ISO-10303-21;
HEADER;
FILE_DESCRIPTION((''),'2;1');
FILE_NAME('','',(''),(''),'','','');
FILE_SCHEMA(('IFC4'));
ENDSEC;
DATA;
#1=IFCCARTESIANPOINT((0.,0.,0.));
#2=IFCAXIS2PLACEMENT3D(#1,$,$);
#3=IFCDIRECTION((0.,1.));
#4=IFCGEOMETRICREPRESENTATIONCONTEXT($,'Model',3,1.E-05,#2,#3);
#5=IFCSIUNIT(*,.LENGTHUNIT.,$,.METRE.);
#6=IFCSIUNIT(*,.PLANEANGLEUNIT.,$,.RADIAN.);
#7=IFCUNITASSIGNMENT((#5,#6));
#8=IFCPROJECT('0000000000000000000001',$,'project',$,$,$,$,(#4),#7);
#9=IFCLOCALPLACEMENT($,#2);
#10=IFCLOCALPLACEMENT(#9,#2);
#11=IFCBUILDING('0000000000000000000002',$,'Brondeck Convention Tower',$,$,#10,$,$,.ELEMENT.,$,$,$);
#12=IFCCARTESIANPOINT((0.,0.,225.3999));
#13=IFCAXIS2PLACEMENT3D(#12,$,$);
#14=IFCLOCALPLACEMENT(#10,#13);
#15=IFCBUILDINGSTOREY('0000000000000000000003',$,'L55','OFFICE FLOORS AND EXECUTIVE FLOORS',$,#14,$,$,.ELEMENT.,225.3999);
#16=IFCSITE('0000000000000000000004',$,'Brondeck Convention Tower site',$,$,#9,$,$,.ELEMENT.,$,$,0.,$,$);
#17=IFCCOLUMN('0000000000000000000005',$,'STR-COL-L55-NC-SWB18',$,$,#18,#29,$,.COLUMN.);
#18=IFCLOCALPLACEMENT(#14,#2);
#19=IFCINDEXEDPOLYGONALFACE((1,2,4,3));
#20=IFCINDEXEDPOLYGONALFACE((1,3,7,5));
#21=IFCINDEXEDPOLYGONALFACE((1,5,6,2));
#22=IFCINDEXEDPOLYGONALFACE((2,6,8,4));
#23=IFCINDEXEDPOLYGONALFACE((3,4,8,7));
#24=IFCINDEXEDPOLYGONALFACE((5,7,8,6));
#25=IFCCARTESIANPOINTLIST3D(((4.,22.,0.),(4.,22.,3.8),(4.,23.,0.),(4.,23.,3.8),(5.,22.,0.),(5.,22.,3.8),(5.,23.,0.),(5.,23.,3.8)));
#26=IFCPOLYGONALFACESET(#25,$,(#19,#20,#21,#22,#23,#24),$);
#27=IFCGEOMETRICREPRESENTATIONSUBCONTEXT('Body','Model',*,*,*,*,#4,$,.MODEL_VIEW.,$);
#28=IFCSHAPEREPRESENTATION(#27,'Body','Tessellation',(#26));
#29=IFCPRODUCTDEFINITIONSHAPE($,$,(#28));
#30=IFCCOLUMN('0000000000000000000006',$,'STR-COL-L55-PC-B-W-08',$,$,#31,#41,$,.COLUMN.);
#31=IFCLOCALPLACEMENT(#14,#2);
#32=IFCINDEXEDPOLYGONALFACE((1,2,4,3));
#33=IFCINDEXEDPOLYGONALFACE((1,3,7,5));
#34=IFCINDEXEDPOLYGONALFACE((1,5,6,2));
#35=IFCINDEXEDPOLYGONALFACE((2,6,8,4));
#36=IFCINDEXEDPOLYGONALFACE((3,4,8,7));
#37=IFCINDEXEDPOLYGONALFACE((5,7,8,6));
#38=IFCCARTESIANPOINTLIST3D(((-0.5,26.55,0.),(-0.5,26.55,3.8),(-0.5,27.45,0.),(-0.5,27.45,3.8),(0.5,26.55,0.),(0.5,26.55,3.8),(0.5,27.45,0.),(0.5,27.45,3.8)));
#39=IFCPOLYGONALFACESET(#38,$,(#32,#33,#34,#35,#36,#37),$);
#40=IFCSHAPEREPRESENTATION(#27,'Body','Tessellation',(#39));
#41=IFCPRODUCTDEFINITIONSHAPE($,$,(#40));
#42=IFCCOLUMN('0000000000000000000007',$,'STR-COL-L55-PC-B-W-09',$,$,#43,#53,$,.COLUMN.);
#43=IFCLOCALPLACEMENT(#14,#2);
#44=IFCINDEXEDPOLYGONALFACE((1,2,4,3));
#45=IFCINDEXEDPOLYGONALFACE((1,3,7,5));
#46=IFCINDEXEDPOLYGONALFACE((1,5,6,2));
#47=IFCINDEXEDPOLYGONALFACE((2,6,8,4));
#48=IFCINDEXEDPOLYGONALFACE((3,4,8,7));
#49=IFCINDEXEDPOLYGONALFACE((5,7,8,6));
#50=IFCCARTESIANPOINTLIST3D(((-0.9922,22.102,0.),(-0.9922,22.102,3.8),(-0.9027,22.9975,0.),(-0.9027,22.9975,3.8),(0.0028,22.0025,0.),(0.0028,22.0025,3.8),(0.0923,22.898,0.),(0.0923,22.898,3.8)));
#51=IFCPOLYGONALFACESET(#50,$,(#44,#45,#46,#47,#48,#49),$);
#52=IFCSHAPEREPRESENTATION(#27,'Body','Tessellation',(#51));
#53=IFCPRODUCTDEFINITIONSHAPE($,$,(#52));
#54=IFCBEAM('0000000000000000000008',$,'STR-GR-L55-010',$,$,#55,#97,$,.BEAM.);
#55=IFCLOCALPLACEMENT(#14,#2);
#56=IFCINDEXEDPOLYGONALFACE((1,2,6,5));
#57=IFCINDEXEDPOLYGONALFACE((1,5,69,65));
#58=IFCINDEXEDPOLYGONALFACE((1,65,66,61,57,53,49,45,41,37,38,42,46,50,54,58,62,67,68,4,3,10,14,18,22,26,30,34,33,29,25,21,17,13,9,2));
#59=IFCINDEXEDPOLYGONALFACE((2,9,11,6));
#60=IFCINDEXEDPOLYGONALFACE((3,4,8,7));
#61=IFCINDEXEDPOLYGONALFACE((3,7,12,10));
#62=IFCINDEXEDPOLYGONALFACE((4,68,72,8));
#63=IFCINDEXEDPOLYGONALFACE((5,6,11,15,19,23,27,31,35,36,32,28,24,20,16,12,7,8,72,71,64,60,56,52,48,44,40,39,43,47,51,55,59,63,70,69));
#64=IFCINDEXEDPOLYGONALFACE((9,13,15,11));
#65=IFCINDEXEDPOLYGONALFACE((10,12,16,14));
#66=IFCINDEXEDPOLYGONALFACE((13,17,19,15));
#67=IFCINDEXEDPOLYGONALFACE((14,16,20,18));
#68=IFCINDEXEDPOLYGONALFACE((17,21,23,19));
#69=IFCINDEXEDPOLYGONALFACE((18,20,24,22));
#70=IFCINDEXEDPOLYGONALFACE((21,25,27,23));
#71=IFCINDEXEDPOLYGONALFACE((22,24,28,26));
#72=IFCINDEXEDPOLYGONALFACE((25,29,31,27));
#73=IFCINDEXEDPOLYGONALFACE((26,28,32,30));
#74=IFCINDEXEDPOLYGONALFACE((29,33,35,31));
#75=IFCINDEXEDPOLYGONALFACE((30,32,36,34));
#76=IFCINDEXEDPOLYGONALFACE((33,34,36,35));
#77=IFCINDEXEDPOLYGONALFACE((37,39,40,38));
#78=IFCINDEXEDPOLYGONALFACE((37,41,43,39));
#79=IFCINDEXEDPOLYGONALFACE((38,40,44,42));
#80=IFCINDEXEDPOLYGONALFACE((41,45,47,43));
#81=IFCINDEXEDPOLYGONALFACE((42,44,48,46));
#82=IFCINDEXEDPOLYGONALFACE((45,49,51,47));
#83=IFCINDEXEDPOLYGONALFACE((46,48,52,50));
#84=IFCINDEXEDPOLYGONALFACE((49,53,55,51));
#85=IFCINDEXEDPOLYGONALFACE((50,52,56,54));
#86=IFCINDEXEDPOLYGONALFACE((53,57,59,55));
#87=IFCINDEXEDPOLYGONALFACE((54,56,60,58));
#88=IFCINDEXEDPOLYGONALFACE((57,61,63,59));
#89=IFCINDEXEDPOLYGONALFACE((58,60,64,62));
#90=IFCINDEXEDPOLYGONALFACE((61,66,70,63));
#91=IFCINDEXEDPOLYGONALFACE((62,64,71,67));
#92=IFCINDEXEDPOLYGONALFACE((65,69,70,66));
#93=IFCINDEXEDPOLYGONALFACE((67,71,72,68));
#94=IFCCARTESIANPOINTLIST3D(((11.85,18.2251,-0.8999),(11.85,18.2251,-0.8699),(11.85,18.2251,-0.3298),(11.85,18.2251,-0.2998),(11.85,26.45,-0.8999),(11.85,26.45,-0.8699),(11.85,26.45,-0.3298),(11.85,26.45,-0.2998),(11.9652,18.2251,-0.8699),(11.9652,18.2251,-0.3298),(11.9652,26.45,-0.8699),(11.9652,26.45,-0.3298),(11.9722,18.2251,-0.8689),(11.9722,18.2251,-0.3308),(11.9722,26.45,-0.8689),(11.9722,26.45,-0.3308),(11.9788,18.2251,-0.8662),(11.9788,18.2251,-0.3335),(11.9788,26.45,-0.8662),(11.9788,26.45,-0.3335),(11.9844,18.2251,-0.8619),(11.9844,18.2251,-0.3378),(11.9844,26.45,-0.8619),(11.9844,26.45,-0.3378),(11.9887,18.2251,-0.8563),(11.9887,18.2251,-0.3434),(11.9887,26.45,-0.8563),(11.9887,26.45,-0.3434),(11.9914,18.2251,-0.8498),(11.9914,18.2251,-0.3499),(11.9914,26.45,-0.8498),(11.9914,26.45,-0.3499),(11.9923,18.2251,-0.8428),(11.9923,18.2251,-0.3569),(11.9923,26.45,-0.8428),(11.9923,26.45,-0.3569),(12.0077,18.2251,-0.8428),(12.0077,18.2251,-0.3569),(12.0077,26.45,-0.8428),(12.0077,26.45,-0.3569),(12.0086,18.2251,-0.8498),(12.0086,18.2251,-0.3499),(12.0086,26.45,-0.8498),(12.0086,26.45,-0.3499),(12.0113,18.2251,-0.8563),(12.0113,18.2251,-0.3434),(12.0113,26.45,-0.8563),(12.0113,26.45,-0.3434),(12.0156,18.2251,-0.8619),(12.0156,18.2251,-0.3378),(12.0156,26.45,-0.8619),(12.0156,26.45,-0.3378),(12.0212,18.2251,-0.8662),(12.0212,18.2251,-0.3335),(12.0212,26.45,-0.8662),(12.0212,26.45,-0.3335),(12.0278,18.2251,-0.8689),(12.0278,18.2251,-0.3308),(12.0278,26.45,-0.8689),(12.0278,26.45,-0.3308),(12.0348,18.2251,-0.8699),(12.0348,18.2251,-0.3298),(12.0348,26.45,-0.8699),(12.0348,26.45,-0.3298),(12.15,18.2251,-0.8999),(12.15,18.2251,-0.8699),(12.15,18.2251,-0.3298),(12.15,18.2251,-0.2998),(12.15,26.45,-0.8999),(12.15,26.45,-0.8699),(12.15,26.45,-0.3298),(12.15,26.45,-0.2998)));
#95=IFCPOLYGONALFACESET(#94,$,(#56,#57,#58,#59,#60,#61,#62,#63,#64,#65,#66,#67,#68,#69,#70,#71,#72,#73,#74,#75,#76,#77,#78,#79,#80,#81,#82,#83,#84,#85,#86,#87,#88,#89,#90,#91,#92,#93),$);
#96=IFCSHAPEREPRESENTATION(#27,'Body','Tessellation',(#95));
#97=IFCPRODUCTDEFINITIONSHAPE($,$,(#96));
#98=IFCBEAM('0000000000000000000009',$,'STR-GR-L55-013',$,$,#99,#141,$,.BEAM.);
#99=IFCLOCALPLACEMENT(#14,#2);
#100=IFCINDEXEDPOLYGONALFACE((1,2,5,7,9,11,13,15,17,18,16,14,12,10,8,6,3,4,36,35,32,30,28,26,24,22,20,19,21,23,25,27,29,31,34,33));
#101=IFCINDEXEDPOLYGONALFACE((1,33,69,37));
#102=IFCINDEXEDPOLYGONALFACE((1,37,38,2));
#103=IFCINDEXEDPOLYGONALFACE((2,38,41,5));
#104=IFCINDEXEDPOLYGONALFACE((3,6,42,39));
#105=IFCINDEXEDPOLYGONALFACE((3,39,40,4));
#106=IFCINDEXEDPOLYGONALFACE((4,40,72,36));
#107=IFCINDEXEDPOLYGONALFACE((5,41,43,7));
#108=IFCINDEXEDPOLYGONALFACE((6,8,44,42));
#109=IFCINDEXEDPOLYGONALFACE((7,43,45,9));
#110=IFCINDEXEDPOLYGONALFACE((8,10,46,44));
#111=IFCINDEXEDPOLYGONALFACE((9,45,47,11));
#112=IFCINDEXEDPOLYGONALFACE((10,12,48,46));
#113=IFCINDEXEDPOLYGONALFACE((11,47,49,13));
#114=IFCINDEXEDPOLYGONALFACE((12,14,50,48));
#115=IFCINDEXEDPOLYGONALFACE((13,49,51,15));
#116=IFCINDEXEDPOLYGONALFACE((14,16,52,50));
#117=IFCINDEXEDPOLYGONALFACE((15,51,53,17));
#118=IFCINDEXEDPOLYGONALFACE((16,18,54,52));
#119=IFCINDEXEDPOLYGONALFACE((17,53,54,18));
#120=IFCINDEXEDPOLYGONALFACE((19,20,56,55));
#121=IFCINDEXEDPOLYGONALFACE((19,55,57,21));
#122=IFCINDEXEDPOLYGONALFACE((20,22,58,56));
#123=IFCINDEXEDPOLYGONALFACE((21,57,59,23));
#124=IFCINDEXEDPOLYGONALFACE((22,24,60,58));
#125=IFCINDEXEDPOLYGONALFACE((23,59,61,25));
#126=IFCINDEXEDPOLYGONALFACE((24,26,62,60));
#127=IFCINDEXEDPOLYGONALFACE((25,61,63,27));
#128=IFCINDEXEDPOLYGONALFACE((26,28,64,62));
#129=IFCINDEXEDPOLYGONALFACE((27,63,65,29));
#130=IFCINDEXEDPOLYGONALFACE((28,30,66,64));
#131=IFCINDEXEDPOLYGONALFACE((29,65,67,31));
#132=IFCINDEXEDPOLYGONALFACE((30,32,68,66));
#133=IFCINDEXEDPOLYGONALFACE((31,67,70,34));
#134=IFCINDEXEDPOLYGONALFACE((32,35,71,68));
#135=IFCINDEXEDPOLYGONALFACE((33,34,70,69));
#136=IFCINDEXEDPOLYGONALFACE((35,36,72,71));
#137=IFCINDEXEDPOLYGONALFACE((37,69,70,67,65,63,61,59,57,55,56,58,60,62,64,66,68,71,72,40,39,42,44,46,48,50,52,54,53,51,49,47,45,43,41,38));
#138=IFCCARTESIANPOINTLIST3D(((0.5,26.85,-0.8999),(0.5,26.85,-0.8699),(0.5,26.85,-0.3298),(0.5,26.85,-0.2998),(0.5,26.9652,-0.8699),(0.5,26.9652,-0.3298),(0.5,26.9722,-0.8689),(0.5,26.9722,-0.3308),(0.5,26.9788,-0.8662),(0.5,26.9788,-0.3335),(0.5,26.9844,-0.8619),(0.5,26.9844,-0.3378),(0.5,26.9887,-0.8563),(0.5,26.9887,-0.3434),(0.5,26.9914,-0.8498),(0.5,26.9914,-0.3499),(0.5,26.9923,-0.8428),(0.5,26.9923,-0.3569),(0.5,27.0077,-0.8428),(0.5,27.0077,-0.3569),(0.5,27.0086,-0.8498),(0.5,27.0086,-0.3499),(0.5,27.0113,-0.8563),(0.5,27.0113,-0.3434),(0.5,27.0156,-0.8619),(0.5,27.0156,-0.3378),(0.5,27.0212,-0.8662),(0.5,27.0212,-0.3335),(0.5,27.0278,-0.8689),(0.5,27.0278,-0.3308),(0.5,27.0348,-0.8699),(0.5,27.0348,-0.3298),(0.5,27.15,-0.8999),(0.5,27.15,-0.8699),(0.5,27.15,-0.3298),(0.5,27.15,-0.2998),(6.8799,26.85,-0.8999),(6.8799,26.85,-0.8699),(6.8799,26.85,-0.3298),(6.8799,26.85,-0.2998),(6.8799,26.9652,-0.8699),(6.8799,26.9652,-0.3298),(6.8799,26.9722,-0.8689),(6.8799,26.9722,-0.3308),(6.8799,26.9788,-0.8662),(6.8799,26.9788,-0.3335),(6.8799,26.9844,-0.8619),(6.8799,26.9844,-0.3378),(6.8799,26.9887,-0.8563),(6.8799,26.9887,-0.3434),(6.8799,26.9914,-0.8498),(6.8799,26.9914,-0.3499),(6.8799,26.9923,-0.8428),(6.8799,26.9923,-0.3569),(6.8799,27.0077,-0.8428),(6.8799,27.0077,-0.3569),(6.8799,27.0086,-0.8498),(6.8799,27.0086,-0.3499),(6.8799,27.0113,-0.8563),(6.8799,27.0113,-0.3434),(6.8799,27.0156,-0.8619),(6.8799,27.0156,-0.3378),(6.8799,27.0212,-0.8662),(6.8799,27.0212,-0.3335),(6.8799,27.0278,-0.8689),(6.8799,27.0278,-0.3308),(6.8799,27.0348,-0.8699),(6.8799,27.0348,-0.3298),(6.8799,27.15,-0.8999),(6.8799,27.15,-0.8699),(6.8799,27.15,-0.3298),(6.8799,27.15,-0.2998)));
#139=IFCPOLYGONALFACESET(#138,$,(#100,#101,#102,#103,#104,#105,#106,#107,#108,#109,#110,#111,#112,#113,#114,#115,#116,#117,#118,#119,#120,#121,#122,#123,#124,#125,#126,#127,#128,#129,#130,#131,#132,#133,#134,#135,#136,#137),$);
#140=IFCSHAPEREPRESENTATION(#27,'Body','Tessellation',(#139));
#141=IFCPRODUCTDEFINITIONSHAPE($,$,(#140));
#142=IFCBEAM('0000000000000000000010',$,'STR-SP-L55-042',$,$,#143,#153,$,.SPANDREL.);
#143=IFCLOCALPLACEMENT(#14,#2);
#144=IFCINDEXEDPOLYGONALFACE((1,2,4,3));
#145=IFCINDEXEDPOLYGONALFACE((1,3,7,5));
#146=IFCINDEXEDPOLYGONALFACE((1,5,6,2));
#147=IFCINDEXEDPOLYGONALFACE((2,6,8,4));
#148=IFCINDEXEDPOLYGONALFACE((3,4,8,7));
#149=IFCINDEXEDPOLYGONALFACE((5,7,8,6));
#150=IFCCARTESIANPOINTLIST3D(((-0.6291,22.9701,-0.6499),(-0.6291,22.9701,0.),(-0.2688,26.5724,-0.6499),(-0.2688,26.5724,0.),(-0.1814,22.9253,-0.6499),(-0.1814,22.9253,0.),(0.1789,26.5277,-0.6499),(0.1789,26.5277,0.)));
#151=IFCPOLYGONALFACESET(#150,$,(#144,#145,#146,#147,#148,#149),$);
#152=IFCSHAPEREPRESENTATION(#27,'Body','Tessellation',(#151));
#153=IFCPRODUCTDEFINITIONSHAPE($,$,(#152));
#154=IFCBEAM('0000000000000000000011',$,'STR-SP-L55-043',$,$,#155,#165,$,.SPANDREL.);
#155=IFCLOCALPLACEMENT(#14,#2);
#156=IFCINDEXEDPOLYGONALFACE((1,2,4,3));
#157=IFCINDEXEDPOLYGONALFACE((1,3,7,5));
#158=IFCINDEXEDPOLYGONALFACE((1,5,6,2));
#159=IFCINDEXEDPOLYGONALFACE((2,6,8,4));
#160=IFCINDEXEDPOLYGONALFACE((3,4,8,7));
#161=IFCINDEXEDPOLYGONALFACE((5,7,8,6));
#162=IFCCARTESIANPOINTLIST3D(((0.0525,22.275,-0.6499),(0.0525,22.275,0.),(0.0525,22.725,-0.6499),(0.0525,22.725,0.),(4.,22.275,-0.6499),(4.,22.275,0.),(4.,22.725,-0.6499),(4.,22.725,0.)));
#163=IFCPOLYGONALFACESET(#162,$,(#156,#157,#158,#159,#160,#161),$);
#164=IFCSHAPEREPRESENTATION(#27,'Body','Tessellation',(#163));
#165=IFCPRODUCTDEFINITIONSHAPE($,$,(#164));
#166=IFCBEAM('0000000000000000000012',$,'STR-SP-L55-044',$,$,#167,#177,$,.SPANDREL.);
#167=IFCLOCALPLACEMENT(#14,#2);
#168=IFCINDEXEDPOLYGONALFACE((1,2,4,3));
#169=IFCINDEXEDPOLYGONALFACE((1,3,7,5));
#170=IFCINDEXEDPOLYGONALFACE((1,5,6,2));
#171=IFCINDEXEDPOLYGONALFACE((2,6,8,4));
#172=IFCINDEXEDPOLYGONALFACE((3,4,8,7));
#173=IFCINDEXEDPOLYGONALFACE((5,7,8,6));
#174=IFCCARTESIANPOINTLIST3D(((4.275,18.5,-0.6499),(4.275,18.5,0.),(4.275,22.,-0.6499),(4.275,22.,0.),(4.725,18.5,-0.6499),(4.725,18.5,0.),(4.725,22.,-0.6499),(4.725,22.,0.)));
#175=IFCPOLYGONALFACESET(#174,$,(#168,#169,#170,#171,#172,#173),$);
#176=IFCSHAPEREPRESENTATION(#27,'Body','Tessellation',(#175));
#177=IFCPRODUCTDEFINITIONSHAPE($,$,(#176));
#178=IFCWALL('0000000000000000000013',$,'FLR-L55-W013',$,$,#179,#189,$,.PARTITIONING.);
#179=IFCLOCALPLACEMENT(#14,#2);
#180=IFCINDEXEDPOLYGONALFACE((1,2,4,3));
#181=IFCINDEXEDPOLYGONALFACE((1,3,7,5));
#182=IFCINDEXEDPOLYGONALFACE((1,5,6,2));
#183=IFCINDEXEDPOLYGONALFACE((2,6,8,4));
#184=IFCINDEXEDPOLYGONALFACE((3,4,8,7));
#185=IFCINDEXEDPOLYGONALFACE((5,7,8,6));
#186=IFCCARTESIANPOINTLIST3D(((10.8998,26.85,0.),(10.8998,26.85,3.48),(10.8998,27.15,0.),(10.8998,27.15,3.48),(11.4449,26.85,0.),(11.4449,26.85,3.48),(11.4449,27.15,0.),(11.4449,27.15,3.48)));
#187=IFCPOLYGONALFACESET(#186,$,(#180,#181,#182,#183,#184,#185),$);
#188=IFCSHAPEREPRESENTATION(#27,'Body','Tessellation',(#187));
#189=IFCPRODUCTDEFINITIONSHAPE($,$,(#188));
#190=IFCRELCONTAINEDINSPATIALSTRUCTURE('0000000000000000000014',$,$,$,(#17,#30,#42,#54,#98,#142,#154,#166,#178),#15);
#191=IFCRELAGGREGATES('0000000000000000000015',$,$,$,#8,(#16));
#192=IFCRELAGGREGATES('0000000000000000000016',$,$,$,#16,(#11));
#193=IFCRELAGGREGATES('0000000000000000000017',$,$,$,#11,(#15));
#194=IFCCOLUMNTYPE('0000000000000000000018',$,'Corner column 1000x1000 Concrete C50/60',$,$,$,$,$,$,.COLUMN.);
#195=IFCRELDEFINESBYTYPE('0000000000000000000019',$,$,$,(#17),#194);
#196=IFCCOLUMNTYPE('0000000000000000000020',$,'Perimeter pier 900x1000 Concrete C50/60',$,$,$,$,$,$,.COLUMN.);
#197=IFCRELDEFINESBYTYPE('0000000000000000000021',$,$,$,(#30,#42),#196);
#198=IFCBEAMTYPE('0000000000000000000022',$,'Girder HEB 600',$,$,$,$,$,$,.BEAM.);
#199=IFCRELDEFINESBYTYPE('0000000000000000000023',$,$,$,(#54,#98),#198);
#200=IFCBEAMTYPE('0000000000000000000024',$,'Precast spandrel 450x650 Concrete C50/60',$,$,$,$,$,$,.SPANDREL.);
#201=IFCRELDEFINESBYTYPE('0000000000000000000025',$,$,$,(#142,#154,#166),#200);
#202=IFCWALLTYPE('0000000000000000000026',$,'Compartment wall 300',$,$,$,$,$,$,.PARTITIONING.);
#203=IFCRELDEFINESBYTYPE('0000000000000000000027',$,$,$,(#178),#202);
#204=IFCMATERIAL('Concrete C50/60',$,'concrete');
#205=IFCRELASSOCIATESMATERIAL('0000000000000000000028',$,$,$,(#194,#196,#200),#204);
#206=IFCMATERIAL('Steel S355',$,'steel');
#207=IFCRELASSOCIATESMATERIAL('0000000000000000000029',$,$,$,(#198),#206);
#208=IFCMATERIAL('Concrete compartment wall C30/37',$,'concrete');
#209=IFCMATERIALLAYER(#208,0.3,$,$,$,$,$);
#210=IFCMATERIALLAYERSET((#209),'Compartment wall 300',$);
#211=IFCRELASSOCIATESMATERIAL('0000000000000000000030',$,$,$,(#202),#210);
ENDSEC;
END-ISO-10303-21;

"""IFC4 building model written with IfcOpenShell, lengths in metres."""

from ifc_helpers import new_model, si_unit, direction, frame, frame_2d, origin, origin_2d, place, context, subcontext, project, spatial, rectangle, i_section, extrude, material, layer, layer_set, material_profile, profile_set, type_object, element, save


model = new_model("IFC4")

# Units and contexts
model_context = context("Model", 3, precision=1e-05, world=origin(), true_north=direction((0.0, 1.0)))
body_context = subcontext(model_context, "Body", "Model", "MODEL_VIEW")
ifc_project = project(units=[si_unit("LENGTHUNIT", "METRE"), si_unit("PLANEANGLEUNIT", "RADIAN")], contexts=[model_context])

# Site, building, storey
site_placement = place(None, origin())
site = spatial("IfcSite", under=ifc_project, at=site_placement, Name="Brondeck Convention Tower site", CompositionType="ELEMENT", RefElevation=0.0)
building_placement = place(site_placement, origin())
building = spatial("IfcBuilding", under=site, at=building_placement, Name="Brondeck Convention Tower", CompositionType="ELEMENT")
storey_placement = place(building_placement, frame((0.0, 0.0, 225.3999)))
storey = spatial("IfcBuildingStorey", under=building, at=storey_placement, Name="L55", Description="OFFICE FLOORS AND EXECUTIVE FLOORS", CompositionType="ELEMENT", Elevation=225.3999)

# Columns
ifc_material_1 = material(Name="Concrete C50/60", Category="concrete")
ifc_material_profile_1 = material_profile(ifc_material_1, rectangle(XDim=1.0, YDim=1.0, at=origin_2d()), Name="Corner column 1000x1000 Concrete C50/60")
ifc_profile_set_1 = profile_set([ifc_material_profile_1], Name="Concrete C50/60")
column_type_1 = type_object("IfcColumnType", Name="Corner column 1000x1000 Concrete C50/60", PredefinedType="COLUMN", material=ifc_profile_set_1)
column_placement = place(storey_placement, frame((4.5, 22.5, 0.0), z_axis=(0.0, 0.0, 1.0), x_axis=(1.0, 0.0, 0.0)))
element("IfcColumn", 1, at=column_placement, inside=storey, type_object=column_type_1, Name="STR-COL-L55-NC-SWB18", PredefinedType="COLUMN", context=body_context, shape_type="SweptSolid", body=[
    extrude(rectangle(XDim=1.0, YDim=1.0, at=origin_2d()), origin(), (0.0, 0.0, 1.0), 3.8),
])
ifc_material_profile_2 = material_profile(ifc_material_1, rectangle(XDim=0.8999, YDim=1.0, at=origin_2d()), Name="Perimeter pier 900x1000 Concrete C50/60")
ifc_profile_set_2 = profile_set([ifc_material_profile_2], Name="Concrete C50/60")
column_type_2 = type_object("IfcColumnType", Name="Perimeter pier 900x1000 Concrete C50/60", PredefinedType="COLUMN", material=ifc_profile_set_2)
for number, where, z_axis, x_axis, name in (
    (2, (0.0, 27.0, 0.0), (0.0, 0.0, 1.0), (0.0, -1.0, 0.0), "STR-COL-L55-PC-B-W-08"),
    (3, (-0.45, 22.5, 0.0), (0.0, 0.0, 1.0), (-0.099504, -0.995037, 0.0), "STR-COL-L55-PC-B-W-09"),
):
    element("IfcColumn", number, at=place(storey_placement, frame(where, z_axis=z_axis, x_axis=x_axis)), inside=storey, type_object=column_type_2, Name=name, PredefinedType="COLUMN", context=body_context, shape_type="SweptSolid", body=[
        extrude(rectangle(XDim=0.8999, YDim=1.0, at=origin_2d()), origin(), (0.0, 0.0, 1.0), 3.8),
    ])

# Beams
ifc_material_2 = material(Name="Steel S355", Category="steel")
ifc_material_profile_3 = material_profile(ifc_material_2, i_section(OverallWidth=0.3, OverallDepth=0.6001, WebThickness=0.0154, FlangeThickness=0.03, FilletRadius=0.0271, at=origin_2d()), Name="HEB 600")
ifc_profile_set_3 = profile_set([ifc_material_profile_3], Name="Steel S355")
beam_type_1 = type_object("IfcBeamType", Name="Girder HEB 600", PredefinedType="BEAM", material=ifc_profile_set_3)
beam_1_placement = place(storey_placement, frame((12.0, 26.45, -0.5999), z_axis=(0.0, -1.0, 0.0), x_axis=(1.0, 0.0, 0.0)))
element("IfcBeam", 4, at=beam_1_placement, inside=storey, type_object=beam_type_1, Name="STR-GR-L55-010", PredefinedType="BEAM", context=body_context, shape_type="SweptSolid", body=[
    extrude(i_section(OverallWidth=0.3, OverallDepth=0.6001, WebThickness=0.0154, FlangeThickness=0.03, FilletRadius=0.0271, at=origin_2d()), origin(), (0.0, 0.0, 1.0), 8.2249),
])
beam_2_placement = place(storey_placement, frame((0.5, 27.0, -0.5999), z_axis=(1.0, 0.0, 0.0), x_axis=(0.0, 1.0, 0.0)))
element("IfcBeam", 5, at=beam_2_placement, inside=storey, type_object=beam_type_1, Name="STR-GR-L55-013", PredefinedType="BEAM", context=body_context, shape_type="SweptSolid", body=[
    extrude(i_section(OverallWidth=0.3, OverallDepth=0.6001, WebThickness=0.0154, FlangeThickness=0.03, FilletRadius=0.0271, at=origin_2d()), origin(), (0.0, 0.0, 1.0), 6.3799),
])
ifc_material_profile_4 = material_profile(ifc_material_1, rectangle(XDim=0.45, YDim=0.6499, at=origin_2d()), Name="Precast spandrel 450x650 Concrete C50/60")
ifc_profile_set_4 = profile_set([ifc_material_profile_4], Name="Concrete C50/60")
beam_type_2 = type_object("IfcBeamType", Name="Precast spandrel 450x650 Concrete C50/60", PredefinedType="SPANDREL", material=ifc_profile_set_4)
beam_3_placement = place(storey_placement, frame((-0.0449, 26.55, -0.325), z_axis=(-0.099537, -0.995034, 0.0), x_axis=(0.995034, -0.099537, 0.0)))
element("IfcBeam", 6, at=beam_3_placement, inside=storey, type_object=beam_type_2, Name="STR-SP-L55-042", PredefinedType="SPANDREL", context=body_context, shape_type="SweptSolid", body=[
    extrude(rectangle(XDim=0.45, YDim=0.6499, at=origin_2d()), origin(), (0.0, 0.0, 1.0), 3.6204),
])
beam_4_placement = place(storey_placement, frame((0.0525, 22.5, -0.325), z_axis=(1.0, 0.0, 0.0), x_axis=(0.0, 1.0, 0.0)))
element("IfcBeam", 7, at=beam_4_placement, inside=storey, type_object=beam_type_2, Name="STR-SP-L55-043", PredefinedType="SPANDREL", context=body_context, shape_type="SweptSolid", body=[
    extrude(rectangle(XDim=0.45, YDim=0.6499, at=origin_2d()), origin(), (0.0, 0.0, 1.0), 3.9475),
])
beam_5_placement = place(storey_placement, frame((4.5, 22.0, -0.325), z_axis=(0.0, -1.0, 0.0), x_axis=(1.0, 0.0, 0.0)))
element("IfcBeam", 8, at=beam_5_placement, inside=storey, type_object=beam_type_2, Name="STR-SP-L55-044", PredefinedType="SPANDREL", context=body_context, shape_type="SweptSolid", body=[
    extrude(rectangle(XDim=0.45, YDim=0.6499, at=origin_2d()), origin(), (0.0, 0.0, 1.0), 3.5),
])

# Wall
ifc_material_3 = material(Name="Concrete compartment wall C30/37", Category="concrete")
ifc_layer_1 = layer(ifc_material_3, 0.3)
ifc_layer_set_1 = layer_set([ifc_layer_1], Name="Compartment wall 300")
wall_type_1 = type_object("IfcWallType", Name="Compartment wall 300", PredefinedType="PARTITIONING", material=ifc_layer_set_1)
wall_1_placement = place(storey_placement, frame((10.8999, 27.0, 0.0), z_axis=(0.0, 0.0, 1.0), x_axis=(1.0, 0.0, 0.0)))
element("IfcWall", 9, at=wall_1_placement, inside=storey, type_object=wall_type_1, Name="FLR-L55-W013", PredefinedType="PARTITIONING", context=body_context, shape_type="SweptSolid", body=[
    extrude(rectangle(XDim=0.5452, YDim=0.3, at=frame_2d((0.2725, 0.0))), origin(), (0.0, 0.0, 1.0), 3.48),
])

save(model, "model.ifc")
